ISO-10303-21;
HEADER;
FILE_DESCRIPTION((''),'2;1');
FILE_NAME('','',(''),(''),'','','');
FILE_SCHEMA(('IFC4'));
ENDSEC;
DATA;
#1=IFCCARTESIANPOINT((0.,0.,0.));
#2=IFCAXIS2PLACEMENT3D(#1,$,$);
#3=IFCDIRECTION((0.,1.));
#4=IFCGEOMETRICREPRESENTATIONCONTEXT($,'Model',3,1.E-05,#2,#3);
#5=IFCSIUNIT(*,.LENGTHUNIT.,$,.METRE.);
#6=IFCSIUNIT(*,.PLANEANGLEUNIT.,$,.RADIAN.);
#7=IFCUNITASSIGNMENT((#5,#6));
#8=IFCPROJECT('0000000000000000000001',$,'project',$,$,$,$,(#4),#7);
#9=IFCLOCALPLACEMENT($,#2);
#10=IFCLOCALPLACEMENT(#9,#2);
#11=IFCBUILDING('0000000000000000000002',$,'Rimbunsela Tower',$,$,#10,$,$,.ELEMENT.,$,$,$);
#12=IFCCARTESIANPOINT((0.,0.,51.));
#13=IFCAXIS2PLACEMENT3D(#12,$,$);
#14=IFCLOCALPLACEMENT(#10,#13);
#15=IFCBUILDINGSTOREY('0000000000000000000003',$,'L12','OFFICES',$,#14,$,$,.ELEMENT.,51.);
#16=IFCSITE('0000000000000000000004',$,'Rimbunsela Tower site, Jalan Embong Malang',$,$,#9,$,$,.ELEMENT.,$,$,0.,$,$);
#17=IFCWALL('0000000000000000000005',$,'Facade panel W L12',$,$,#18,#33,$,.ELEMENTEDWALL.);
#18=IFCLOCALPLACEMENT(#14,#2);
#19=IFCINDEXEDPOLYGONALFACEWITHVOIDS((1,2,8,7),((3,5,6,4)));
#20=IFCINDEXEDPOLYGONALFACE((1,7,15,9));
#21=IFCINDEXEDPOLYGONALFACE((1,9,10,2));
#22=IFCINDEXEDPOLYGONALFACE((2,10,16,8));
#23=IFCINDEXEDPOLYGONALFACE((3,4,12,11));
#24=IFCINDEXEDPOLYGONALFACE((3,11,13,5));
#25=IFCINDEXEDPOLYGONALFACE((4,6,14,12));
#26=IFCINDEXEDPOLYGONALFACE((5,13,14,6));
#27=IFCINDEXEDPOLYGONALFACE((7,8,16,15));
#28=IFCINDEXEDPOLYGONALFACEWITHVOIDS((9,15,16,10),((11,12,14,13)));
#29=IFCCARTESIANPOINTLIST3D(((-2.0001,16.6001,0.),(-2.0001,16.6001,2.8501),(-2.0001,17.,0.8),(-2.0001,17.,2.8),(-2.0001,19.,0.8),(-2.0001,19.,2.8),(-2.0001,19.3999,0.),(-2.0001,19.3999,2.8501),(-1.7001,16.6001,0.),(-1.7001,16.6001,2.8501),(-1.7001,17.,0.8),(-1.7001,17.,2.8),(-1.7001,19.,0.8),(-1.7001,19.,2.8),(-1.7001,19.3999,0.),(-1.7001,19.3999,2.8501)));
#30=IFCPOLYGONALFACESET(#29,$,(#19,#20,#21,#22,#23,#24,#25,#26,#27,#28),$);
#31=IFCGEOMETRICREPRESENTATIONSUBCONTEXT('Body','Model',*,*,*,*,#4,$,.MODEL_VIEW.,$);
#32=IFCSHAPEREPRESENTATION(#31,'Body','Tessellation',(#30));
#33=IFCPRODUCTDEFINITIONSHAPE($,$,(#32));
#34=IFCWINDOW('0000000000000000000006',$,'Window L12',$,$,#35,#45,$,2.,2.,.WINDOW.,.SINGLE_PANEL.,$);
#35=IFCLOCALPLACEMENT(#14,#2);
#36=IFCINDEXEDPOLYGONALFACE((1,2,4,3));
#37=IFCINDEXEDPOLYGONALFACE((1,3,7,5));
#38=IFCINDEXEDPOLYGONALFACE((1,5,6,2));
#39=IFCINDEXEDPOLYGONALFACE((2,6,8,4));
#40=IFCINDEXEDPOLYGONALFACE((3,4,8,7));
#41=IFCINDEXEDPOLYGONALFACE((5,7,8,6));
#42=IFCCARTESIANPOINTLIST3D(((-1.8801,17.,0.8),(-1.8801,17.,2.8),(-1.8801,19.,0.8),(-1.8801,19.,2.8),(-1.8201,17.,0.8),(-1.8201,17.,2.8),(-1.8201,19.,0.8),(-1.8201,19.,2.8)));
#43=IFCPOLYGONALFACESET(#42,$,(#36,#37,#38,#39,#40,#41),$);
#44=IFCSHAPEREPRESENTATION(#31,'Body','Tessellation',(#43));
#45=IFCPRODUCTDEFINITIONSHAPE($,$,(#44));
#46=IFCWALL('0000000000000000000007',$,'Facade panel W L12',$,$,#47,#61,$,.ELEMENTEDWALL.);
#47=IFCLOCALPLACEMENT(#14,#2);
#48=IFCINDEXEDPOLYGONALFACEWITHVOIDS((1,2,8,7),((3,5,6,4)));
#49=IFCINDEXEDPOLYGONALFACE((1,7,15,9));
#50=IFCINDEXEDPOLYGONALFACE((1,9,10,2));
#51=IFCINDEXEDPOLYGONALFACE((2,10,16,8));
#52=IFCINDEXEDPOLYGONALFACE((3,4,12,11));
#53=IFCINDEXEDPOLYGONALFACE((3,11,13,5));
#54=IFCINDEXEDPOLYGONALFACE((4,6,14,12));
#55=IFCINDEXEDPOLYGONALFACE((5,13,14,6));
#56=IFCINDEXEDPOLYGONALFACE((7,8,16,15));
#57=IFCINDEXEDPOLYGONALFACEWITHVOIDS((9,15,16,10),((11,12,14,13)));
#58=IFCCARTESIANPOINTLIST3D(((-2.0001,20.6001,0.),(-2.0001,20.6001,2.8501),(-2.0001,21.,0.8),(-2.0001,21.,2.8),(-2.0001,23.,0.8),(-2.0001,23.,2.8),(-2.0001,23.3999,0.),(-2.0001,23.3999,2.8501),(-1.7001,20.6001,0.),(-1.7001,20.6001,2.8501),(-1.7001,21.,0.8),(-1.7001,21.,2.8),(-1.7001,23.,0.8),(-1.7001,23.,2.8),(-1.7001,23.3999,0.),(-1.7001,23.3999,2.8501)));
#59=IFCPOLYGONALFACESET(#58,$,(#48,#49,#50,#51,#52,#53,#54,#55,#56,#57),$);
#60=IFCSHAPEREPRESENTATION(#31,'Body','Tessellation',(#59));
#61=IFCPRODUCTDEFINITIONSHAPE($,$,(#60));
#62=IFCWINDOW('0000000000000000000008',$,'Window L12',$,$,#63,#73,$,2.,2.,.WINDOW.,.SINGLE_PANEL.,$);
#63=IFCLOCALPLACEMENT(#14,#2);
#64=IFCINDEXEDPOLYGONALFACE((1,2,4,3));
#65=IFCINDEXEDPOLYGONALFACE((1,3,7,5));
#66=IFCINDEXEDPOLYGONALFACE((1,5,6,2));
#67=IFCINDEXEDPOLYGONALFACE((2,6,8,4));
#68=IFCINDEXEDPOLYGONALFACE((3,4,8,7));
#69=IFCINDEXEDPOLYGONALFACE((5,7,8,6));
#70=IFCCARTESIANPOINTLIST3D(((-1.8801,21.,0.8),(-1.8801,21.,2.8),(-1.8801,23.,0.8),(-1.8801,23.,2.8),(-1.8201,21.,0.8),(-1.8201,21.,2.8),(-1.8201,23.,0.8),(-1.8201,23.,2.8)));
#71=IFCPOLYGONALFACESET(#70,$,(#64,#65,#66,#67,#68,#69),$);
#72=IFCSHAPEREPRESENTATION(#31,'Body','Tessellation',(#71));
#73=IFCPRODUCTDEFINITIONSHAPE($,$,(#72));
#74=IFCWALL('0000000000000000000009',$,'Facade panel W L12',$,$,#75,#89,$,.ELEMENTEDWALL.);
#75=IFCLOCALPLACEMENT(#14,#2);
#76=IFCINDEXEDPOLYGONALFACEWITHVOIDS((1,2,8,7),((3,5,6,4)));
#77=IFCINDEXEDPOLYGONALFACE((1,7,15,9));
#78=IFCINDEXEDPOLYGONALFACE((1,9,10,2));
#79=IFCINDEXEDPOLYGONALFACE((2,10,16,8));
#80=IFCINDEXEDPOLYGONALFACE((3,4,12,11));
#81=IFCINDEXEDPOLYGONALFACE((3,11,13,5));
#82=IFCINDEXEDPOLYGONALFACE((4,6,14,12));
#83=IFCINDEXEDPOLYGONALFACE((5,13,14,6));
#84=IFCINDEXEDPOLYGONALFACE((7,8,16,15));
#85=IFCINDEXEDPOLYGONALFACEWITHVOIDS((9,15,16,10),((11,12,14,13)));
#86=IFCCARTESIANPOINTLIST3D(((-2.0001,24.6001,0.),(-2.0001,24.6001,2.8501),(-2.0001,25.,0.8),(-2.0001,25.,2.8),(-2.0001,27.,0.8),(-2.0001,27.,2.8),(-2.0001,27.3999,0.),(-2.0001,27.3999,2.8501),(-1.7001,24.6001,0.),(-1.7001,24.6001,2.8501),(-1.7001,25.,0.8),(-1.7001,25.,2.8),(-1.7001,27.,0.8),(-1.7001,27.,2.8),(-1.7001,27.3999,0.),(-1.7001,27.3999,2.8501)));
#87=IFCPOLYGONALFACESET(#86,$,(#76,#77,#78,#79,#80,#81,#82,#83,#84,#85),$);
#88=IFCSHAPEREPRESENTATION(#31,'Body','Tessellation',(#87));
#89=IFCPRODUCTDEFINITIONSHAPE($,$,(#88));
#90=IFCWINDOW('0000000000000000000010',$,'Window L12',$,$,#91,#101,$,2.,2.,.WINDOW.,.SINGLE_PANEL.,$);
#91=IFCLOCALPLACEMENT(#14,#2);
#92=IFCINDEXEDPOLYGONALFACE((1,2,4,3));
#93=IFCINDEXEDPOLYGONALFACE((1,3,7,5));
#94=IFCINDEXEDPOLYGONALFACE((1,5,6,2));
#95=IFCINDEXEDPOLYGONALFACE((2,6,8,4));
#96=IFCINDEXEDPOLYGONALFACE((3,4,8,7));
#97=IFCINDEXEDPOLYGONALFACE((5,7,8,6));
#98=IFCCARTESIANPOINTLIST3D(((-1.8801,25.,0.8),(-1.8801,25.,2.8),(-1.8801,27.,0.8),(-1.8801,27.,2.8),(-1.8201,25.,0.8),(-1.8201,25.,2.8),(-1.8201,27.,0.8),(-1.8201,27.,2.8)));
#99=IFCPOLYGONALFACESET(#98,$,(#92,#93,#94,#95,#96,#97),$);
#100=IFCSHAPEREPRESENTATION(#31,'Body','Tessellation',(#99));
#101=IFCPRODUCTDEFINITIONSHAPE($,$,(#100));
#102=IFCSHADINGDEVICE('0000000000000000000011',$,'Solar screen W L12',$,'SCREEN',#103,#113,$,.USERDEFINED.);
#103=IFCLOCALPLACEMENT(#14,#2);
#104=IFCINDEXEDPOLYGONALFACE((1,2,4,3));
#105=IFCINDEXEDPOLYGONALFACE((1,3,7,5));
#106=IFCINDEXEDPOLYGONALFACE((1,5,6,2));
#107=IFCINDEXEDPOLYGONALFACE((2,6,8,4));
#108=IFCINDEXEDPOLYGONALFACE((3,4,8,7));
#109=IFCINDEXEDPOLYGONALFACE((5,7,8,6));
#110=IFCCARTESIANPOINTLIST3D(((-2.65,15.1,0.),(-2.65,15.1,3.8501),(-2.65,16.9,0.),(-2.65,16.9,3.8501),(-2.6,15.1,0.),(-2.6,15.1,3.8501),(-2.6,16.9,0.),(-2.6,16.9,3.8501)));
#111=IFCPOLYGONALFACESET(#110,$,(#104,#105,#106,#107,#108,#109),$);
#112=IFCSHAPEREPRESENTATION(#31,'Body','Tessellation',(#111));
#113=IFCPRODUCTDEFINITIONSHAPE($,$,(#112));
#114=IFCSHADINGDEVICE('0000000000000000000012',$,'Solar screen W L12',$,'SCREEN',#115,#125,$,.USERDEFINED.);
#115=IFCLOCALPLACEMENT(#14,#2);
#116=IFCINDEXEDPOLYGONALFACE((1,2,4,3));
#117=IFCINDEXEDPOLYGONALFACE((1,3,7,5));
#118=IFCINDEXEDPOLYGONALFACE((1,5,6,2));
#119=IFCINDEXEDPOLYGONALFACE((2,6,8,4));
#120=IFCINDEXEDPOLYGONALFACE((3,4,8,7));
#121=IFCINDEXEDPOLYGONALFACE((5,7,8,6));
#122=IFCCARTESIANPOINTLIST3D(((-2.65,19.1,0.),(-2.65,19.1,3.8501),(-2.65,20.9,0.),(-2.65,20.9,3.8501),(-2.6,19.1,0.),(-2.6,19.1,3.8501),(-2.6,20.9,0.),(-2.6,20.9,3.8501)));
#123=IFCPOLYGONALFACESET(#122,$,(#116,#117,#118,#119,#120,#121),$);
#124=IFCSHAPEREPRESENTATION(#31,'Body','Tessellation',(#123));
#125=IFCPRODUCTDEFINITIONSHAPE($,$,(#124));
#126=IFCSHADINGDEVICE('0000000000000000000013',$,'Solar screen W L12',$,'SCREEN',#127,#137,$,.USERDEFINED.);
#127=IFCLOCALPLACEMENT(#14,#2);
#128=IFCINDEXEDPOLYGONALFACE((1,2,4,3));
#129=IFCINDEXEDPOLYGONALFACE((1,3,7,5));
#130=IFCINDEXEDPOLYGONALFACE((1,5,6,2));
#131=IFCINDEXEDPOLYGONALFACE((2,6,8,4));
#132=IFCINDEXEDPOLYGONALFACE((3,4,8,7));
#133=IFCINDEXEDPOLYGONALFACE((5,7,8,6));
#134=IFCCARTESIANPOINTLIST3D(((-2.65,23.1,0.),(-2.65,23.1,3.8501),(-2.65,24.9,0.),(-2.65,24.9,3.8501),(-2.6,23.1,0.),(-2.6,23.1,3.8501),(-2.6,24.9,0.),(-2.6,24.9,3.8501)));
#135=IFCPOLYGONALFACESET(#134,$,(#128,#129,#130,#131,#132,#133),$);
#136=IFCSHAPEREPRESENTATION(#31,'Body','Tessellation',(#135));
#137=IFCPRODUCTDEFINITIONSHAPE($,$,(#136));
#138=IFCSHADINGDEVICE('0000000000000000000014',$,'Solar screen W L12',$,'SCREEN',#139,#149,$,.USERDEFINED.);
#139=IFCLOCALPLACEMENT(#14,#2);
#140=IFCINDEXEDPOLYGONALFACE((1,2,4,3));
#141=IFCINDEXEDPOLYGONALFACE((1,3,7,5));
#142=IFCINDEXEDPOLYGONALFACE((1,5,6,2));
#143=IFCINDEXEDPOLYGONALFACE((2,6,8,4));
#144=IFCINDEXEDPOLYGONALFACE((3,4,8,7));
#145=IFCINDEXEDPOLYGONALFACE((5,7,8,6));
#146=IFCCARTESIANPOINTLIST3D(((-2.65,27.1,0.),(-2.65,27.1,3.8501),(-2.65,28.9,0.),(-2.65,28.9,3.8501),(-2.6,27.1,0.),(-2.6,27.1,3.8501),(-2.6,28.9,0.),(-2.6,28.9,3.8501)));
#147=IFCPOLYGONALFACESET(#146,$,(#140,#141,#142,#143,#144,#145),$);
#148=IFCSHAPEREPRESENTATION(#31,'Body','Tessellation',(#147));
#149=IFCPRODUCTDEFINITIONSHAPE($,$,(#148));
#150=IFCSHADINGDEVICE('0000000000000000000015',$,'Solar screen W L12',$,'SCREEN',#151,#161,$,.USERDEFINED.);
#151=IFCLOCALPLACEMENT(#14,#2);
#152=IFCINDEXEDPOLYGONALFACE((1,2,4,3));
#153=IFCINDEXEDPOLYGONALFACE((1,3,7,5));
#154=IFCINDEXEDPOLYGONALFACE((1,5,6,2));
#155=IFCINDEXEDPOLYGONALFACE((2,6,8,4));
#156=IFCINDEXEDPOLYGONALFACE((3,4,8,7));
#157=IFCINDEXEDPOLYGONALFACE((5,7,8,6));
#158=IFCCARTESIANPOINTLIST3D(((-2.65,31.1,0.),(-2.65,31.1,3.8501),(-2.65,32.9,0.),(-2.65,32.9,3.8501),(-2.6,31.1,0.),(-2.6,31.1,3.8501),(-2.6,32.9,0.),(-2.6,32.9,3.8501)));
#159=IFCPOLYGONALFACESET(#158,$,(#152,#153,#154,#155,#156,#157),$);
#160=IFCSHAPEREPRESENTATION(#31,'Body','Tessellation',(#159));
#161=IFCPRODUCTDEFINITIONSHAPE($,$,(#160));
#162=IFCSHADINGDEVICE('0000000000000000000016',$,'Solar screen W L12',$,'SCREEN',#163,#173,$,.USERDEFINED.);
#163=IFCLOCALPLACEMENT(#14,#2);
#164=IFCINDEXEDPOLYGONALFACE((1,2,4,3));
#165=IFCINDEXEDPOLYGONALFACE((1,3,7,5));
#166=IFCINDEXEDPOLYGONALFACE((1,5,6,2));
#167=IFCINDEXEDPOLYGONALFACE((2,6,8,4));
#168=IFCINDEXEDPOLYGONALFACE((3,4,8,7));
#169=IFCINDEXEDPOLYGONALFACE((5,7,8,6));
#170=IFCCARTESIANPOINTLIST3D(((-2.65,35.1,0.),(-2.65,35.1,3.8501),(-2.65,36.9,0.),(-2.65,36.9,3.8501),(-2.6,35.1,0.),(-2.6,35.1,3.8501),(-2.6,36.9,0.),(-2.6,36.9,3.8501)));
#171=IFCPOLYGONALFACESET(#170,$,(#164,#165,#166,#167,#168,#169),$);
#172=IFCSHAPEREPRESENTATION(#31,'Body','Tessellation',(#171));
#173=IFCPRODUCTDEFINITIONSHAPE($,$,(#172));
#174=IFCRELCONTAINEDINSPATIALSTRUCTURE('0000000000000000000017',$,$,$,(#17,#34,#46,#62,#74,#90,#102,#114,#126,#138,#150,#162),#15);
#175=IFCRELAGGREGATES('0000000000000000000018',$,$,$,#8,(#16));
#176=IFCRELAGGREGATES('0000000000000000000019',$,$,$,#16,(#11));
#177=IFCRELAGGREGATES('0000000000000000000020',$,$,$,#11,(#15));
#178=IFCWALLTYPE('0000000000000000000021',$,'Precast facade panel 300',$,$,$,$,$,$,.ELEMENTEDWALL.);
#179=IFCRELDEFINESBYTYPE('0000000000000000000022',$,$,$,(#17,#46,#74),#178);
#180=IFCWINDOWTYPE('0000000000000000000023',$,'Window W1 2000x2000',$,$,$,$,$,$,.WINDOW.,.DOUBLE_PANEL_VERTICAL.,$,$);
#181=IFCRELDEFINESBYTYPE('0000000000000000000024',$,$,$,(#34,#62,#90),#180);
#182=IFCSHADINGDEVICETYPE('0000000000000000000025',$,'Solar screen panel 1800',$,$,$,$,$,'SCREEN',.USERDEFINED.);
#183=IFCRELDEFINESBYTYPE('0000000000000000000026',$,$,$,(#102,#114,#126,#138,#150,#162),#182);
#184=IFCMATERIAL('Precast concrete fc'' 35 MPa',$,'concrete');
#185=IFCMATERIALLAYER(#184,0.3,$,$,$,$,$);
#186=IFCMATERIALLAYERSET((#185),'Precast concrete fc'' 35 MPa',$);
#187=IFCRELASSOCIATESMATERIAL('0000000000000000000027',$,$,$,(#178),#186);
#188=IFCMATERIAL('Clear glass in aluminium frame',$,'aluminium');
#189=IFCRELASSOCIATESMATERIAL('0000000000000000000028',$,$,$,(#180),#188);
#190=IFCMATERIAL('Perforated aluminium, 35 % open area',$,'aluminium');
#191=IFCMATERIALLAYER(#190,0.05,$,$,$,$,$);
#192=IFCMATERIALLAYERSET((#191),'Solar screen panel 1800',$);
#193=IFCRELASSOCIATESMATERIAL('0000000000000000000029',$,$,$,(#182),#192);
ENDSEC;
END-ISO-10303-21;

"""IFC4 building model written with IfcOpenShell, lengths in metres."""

from ifc_helpers import new_model, si_unit, direction, frame, frame_2d, origin, origin_2d, place, context, subcontext, project, spatial, rectangle, extrude, material, layer, layer_set, type_object, element, fill, save


model = new_model("IFC4")

# Units and contexts
model_context = context("Model", 3, precision=1e-05, world=origin(), true_north=direction((0.0, 1.0)))
body_context = subcontext(model_context, "Body", "Model", "MODEL_VIEW")
ifc_project = project(units=[si_unit("LENGTHUNIT", "METRE"), si_unit("PLANEANGLEUNIT", "RADIAN")], contexts=[model_context])

# Site, building, storey
site_placement = place(None, origin())
site = spatial("IfcSite", under=ifc_project, at=site_placement, Name="Rimbunsela Tower site, Jalan Embong Malang", CompositionType="ELEMENT", RefElevation=0.0)
building_placement = place(site_placement, origin())
building = spatial("IfcBuilding", under=site, at=building_placement, Name="Rimbunsela Tower", CompositionType="ELEMENT")
storey_placement = place(building_placement, frame((0.0, 0.0, 51.0)))
storey = spatial("IfcBuildingStorey", under=building, at=storey_placement, Name="L12", Description="OFFICES", CompositionType="ELEMENT", Elevation=51.0)

# Walls, openings, windows
ifc_material_1 = material(Name="Precast concrete fc' 35 MPa", Category="concrete")
ifc_layer_1 = layer(ifc_material_1, 0.3)
ifc_layer_set_1 = layer_set([ifc_layer_1], Name="Precast concrete fc' 35 MPa")
wall_type = type_object("IfcWallType", Name="Precast facade panel 300", PredefinedType="ELEMENTEDWALL", material=ifc_layer_set_1)
ifc_material_2 = material(Name="Clear glass in aluminium frame", Category="aluminium")
window_type = type_object("IfcWindowType", Name="Window W1 2000x2000", PartitioningType="DOUBLE_PANEL_VERTICAL", PredefinedType="WINDOW", material=ifc_material_2)
wall_1_placement = place(storey_placement, frame((-1.8501, 19.3999, 0.0), z_axis=(0.0, 0.0, 1.0), x_axis=(0.0, -1.0, 0.0)))
wall_1 = element("IfcWall", 1, at=wall_1_placement, inside=storey, type_object=wall_type, Name="Facade panel W L12", PredefinedType="ELEMENTEDWALL", context=body_context, shape_type="SweptSolid", body=[
    extrude(rectangle(XDim=2.7998, YDim=0.3, at=frame_2d((1.3999, 0.0))), origin(), (0.0, 0.0, 1.0), 2.8501),
])
opening_1_placement = place(wall_1_placement, frame((0.3999, 0.0, 0.8)))
opening_1 = element("IfcOpeningElement", 2, at=opening_1_placement, cuts=wall_1, PredefinedType="OPENING", context=body_context, shape_type="SweptSolid", body=[
    extrude(rectangle(XDim=2.0, YDim=2.0, at=frame_2d((1.0, 1.0))), frame((0.0, 0.1599, 0.0), z_axis=(0.0, -1.0, 0.0), x_axis=(1.0, 0.0, 0.0)), (0.0, 0.0, 1.0), 0.3201),
])
window_1_placement = place(opening_1_placement, origin())
window_1 = element("IfcWindow", 3, at=window_1_placement, inside=storey, type_object=window_type, Name="Window L12", OverallHeight=2.0, OverallWidth=2.0, PartitioningType="SINGLE_PANEL", PredefinedType="WINDOW", context=body_context, shape_type="SweptSolid", body=[
    extrude(rectangle(XDim=2.0, YDim=2.0, at=frame_2d((1.0, 1.0))), frame((0.0, 0.03, 0.0), z_axis=(0.0, -1.0, 0.0), x_axis=(1.0, 0.0, 0.0)), (0.0, 0.0, 1.0), 0.0601),
])
fill(opening_1, window_1)
wall_2_placement = place(storey_placement, frame((-1.8501, 23.3999, 0.0), z_axis=(0.0, 0.0, 1.0), x_axis=(0.0, -1.0, 0.0)))
wall_2 = element("IfcWall", 4, at=wall_2_placement, inside=storey, type_object=wall_type, Name="Facade panel W L12", PredefinedType="ELEMENTEDWALL", context=body_context, shape_type="SweptSolid", body=[
    extrude(rectangle(XDim=2.7998, YDim=0.3, at=frame_2d((1.3999, 0.0))), origin(), (0.0, 0.0, 1.0), 2.8501),
])
opening_2_placement = place(wall_2_placement, frame((0.3999, 0.0, 0.8)))
opening_2 = element("IfcOpeningElement", 5, at=opening_2_placement, cuts=wall_2, PredefinedType="OPENING", context=body_context, shape_type="SweptSolid", body=[
    extrude(rectangle(XDim=2.0, YDim=2.0, at=frame_2d((1.0, 1.0))), frame((0.0, 0.1599, 0.0), z_axis=(0.0, -1.0, 0.0), x_axis=(1.0, 0.0, 0.0)), (0.0, 0.0, 1.0), 0.3201),
])
window_2_placement = place(opening_2_placement, origin())
window_2 = element("IfcWindow", 6, at=window_2_placement, inside=storey, type_object=window_type, Name="Window L12", OverallHeight=2.0, OverallWidth=2.0, PartitioningType="SINGLE_PANEL", PredefinedType="WINDOW", context=body_context, shape_type="SweptSolid", body=[
    extrude(rectangle(XDim=2.0, YDim=2.0, at=frame_2d((1.0, 1.0))), frame((0.0, 0.03, 0.0), z_axis=(0.0, -1.0, 0.0), x_axis=(1.0, 0.0, 0.0)), (0.0, 0.0, 1.0), 0.0601),
])
fill(opening_2, window_2)
wall_3_placement = place(storey_placement, frame((-1.8501, 27.3999, 0.0), z_axis=(0.0, 0.0, 1.0), x_axis=(0.0, -1.0, 0.0)))
wall_3 = element("IfcWall", 7, at=wall_3_placement, inside=storey, type_object=wall_type, Name="Facade panel W L12", PredefinedType="ELEMENTEDWALL", context=body_context, shape_type="SweptSolid", body=[
    extrude(rectangle(XDim=2.7998, YDim=0.3, at=frame_2d((1.3999, 0.0))), origin(), (0.0, 0.0, 1.0), 2.8501),
])
opening_3_placement = place(wall_3_placement, frame((0.3999, 0.0, 0.8)))
opening_3 = element("IfcOpeningElement", 8, at=opening_3_placement, cuts=wall_3, PredefinedType="OPENING", context=body_context, shape_type="SweptSolid", body=[
    extrude(rectangle(XDim=2.0, YDim=2.0, at=frame_2d((1.0, 1.0))), frame((0.0, 0.1599, 0.0), z_axis=(0.0, -1.0, 0.0), x_axis=(1.0, 0.0, 0.0)), (0.0, 0.0, 1.0), 0.3201),
])
window_3_placement = place(opening_3_placement, origin())
window_3 = element("IfcWindow", 9, at=window_3_placement, inside=storey, type_object=window_type, Name="Window L12", OverallHeight=2.0, OverallWidth=2.0, PartitioningType="SINGLE_PANEL", PredefinedType="WINDOW", context=body_context, shape_type="SweptSolid", body=[
    extrude(rectangle(XDim=2.0, YDim=2.0, at=frame_2d((1.0, 1.0))), frame((0.0, 0.03, 0.0), z_axis=(0.0, -1.0, 0.0), x_axis=(1.0, 0.0, 0.0)), (0.0, 0.0, 1.0), 0.0601),
])
fill(opening_3, window_3)

# Shading devices
ifc_material_3 = material(Name="Perforated aluminium, 35 % open area", Category="aluminium")
ifc_layer_2 = layer(ifc_material_3, 0.05)
ifc_layer_set_2 = layer_set([ifc_layer_2], Name="Solar screen panel 1800")
shading_device_type = type_object("IfcShadingDeviceType", Name="Solar screen panel 1800", ElementType="SCREEN", PredefinedType="USERDEFINED", material=ifc_layer_set_2)
for number, where, z_axis, x_axis, name in (
    (10, (-2.625, 16.0, 0.0), (0.0, 0.0, 1.0), (0.0, 1.0, 0.0), "Solar screen W L12"),
    (11, (-2.625, 20.0, 0.0), (0.0, 0.0, 1.0), (0.0, 1.0, 0.0), "Solar screen W L12"),
    (12, (-2.625, 24.0, 0.0), (0.0, 0.0, 1.0), (0.0, 1.0, 0.0), "Solar screen W L12"),
    (13, (-2.625, 28.0, 0.0), (0.0, 0.0, 1.0), (0.0, 1.0, 0.0), "Solar screen W L12"),
    (14, (-2.625, 32.0, 0.0), (0.0, 0.0, 1.0), (0.0, 1.0, 0.0), "Solar screen W L12"),
    (15, (-2.625, 36.0, 0.0), (0.0, 0.0, 1.0), (0.0, 1.0, 0.0), "Solar screen W L12"),
):
    element("IfcShadingDevice", number, at=place(storey_placement, frame(where, z_axis=z_axis, x_axis=x_axis)), inside=storey, type_object=shading_device_type, Name=name, ObjectType="SCREEN", PredefinedType="USERDEFINED", context=body_context, shape_type="SweptSolid", body=[
        extrude(rectangle(XDim=1.8, YDim=0.05, at=origin_2d()), origin(), (0.0, 0.0, 1.0), 3.8501),
    ])

save(model, "model.ifc")
